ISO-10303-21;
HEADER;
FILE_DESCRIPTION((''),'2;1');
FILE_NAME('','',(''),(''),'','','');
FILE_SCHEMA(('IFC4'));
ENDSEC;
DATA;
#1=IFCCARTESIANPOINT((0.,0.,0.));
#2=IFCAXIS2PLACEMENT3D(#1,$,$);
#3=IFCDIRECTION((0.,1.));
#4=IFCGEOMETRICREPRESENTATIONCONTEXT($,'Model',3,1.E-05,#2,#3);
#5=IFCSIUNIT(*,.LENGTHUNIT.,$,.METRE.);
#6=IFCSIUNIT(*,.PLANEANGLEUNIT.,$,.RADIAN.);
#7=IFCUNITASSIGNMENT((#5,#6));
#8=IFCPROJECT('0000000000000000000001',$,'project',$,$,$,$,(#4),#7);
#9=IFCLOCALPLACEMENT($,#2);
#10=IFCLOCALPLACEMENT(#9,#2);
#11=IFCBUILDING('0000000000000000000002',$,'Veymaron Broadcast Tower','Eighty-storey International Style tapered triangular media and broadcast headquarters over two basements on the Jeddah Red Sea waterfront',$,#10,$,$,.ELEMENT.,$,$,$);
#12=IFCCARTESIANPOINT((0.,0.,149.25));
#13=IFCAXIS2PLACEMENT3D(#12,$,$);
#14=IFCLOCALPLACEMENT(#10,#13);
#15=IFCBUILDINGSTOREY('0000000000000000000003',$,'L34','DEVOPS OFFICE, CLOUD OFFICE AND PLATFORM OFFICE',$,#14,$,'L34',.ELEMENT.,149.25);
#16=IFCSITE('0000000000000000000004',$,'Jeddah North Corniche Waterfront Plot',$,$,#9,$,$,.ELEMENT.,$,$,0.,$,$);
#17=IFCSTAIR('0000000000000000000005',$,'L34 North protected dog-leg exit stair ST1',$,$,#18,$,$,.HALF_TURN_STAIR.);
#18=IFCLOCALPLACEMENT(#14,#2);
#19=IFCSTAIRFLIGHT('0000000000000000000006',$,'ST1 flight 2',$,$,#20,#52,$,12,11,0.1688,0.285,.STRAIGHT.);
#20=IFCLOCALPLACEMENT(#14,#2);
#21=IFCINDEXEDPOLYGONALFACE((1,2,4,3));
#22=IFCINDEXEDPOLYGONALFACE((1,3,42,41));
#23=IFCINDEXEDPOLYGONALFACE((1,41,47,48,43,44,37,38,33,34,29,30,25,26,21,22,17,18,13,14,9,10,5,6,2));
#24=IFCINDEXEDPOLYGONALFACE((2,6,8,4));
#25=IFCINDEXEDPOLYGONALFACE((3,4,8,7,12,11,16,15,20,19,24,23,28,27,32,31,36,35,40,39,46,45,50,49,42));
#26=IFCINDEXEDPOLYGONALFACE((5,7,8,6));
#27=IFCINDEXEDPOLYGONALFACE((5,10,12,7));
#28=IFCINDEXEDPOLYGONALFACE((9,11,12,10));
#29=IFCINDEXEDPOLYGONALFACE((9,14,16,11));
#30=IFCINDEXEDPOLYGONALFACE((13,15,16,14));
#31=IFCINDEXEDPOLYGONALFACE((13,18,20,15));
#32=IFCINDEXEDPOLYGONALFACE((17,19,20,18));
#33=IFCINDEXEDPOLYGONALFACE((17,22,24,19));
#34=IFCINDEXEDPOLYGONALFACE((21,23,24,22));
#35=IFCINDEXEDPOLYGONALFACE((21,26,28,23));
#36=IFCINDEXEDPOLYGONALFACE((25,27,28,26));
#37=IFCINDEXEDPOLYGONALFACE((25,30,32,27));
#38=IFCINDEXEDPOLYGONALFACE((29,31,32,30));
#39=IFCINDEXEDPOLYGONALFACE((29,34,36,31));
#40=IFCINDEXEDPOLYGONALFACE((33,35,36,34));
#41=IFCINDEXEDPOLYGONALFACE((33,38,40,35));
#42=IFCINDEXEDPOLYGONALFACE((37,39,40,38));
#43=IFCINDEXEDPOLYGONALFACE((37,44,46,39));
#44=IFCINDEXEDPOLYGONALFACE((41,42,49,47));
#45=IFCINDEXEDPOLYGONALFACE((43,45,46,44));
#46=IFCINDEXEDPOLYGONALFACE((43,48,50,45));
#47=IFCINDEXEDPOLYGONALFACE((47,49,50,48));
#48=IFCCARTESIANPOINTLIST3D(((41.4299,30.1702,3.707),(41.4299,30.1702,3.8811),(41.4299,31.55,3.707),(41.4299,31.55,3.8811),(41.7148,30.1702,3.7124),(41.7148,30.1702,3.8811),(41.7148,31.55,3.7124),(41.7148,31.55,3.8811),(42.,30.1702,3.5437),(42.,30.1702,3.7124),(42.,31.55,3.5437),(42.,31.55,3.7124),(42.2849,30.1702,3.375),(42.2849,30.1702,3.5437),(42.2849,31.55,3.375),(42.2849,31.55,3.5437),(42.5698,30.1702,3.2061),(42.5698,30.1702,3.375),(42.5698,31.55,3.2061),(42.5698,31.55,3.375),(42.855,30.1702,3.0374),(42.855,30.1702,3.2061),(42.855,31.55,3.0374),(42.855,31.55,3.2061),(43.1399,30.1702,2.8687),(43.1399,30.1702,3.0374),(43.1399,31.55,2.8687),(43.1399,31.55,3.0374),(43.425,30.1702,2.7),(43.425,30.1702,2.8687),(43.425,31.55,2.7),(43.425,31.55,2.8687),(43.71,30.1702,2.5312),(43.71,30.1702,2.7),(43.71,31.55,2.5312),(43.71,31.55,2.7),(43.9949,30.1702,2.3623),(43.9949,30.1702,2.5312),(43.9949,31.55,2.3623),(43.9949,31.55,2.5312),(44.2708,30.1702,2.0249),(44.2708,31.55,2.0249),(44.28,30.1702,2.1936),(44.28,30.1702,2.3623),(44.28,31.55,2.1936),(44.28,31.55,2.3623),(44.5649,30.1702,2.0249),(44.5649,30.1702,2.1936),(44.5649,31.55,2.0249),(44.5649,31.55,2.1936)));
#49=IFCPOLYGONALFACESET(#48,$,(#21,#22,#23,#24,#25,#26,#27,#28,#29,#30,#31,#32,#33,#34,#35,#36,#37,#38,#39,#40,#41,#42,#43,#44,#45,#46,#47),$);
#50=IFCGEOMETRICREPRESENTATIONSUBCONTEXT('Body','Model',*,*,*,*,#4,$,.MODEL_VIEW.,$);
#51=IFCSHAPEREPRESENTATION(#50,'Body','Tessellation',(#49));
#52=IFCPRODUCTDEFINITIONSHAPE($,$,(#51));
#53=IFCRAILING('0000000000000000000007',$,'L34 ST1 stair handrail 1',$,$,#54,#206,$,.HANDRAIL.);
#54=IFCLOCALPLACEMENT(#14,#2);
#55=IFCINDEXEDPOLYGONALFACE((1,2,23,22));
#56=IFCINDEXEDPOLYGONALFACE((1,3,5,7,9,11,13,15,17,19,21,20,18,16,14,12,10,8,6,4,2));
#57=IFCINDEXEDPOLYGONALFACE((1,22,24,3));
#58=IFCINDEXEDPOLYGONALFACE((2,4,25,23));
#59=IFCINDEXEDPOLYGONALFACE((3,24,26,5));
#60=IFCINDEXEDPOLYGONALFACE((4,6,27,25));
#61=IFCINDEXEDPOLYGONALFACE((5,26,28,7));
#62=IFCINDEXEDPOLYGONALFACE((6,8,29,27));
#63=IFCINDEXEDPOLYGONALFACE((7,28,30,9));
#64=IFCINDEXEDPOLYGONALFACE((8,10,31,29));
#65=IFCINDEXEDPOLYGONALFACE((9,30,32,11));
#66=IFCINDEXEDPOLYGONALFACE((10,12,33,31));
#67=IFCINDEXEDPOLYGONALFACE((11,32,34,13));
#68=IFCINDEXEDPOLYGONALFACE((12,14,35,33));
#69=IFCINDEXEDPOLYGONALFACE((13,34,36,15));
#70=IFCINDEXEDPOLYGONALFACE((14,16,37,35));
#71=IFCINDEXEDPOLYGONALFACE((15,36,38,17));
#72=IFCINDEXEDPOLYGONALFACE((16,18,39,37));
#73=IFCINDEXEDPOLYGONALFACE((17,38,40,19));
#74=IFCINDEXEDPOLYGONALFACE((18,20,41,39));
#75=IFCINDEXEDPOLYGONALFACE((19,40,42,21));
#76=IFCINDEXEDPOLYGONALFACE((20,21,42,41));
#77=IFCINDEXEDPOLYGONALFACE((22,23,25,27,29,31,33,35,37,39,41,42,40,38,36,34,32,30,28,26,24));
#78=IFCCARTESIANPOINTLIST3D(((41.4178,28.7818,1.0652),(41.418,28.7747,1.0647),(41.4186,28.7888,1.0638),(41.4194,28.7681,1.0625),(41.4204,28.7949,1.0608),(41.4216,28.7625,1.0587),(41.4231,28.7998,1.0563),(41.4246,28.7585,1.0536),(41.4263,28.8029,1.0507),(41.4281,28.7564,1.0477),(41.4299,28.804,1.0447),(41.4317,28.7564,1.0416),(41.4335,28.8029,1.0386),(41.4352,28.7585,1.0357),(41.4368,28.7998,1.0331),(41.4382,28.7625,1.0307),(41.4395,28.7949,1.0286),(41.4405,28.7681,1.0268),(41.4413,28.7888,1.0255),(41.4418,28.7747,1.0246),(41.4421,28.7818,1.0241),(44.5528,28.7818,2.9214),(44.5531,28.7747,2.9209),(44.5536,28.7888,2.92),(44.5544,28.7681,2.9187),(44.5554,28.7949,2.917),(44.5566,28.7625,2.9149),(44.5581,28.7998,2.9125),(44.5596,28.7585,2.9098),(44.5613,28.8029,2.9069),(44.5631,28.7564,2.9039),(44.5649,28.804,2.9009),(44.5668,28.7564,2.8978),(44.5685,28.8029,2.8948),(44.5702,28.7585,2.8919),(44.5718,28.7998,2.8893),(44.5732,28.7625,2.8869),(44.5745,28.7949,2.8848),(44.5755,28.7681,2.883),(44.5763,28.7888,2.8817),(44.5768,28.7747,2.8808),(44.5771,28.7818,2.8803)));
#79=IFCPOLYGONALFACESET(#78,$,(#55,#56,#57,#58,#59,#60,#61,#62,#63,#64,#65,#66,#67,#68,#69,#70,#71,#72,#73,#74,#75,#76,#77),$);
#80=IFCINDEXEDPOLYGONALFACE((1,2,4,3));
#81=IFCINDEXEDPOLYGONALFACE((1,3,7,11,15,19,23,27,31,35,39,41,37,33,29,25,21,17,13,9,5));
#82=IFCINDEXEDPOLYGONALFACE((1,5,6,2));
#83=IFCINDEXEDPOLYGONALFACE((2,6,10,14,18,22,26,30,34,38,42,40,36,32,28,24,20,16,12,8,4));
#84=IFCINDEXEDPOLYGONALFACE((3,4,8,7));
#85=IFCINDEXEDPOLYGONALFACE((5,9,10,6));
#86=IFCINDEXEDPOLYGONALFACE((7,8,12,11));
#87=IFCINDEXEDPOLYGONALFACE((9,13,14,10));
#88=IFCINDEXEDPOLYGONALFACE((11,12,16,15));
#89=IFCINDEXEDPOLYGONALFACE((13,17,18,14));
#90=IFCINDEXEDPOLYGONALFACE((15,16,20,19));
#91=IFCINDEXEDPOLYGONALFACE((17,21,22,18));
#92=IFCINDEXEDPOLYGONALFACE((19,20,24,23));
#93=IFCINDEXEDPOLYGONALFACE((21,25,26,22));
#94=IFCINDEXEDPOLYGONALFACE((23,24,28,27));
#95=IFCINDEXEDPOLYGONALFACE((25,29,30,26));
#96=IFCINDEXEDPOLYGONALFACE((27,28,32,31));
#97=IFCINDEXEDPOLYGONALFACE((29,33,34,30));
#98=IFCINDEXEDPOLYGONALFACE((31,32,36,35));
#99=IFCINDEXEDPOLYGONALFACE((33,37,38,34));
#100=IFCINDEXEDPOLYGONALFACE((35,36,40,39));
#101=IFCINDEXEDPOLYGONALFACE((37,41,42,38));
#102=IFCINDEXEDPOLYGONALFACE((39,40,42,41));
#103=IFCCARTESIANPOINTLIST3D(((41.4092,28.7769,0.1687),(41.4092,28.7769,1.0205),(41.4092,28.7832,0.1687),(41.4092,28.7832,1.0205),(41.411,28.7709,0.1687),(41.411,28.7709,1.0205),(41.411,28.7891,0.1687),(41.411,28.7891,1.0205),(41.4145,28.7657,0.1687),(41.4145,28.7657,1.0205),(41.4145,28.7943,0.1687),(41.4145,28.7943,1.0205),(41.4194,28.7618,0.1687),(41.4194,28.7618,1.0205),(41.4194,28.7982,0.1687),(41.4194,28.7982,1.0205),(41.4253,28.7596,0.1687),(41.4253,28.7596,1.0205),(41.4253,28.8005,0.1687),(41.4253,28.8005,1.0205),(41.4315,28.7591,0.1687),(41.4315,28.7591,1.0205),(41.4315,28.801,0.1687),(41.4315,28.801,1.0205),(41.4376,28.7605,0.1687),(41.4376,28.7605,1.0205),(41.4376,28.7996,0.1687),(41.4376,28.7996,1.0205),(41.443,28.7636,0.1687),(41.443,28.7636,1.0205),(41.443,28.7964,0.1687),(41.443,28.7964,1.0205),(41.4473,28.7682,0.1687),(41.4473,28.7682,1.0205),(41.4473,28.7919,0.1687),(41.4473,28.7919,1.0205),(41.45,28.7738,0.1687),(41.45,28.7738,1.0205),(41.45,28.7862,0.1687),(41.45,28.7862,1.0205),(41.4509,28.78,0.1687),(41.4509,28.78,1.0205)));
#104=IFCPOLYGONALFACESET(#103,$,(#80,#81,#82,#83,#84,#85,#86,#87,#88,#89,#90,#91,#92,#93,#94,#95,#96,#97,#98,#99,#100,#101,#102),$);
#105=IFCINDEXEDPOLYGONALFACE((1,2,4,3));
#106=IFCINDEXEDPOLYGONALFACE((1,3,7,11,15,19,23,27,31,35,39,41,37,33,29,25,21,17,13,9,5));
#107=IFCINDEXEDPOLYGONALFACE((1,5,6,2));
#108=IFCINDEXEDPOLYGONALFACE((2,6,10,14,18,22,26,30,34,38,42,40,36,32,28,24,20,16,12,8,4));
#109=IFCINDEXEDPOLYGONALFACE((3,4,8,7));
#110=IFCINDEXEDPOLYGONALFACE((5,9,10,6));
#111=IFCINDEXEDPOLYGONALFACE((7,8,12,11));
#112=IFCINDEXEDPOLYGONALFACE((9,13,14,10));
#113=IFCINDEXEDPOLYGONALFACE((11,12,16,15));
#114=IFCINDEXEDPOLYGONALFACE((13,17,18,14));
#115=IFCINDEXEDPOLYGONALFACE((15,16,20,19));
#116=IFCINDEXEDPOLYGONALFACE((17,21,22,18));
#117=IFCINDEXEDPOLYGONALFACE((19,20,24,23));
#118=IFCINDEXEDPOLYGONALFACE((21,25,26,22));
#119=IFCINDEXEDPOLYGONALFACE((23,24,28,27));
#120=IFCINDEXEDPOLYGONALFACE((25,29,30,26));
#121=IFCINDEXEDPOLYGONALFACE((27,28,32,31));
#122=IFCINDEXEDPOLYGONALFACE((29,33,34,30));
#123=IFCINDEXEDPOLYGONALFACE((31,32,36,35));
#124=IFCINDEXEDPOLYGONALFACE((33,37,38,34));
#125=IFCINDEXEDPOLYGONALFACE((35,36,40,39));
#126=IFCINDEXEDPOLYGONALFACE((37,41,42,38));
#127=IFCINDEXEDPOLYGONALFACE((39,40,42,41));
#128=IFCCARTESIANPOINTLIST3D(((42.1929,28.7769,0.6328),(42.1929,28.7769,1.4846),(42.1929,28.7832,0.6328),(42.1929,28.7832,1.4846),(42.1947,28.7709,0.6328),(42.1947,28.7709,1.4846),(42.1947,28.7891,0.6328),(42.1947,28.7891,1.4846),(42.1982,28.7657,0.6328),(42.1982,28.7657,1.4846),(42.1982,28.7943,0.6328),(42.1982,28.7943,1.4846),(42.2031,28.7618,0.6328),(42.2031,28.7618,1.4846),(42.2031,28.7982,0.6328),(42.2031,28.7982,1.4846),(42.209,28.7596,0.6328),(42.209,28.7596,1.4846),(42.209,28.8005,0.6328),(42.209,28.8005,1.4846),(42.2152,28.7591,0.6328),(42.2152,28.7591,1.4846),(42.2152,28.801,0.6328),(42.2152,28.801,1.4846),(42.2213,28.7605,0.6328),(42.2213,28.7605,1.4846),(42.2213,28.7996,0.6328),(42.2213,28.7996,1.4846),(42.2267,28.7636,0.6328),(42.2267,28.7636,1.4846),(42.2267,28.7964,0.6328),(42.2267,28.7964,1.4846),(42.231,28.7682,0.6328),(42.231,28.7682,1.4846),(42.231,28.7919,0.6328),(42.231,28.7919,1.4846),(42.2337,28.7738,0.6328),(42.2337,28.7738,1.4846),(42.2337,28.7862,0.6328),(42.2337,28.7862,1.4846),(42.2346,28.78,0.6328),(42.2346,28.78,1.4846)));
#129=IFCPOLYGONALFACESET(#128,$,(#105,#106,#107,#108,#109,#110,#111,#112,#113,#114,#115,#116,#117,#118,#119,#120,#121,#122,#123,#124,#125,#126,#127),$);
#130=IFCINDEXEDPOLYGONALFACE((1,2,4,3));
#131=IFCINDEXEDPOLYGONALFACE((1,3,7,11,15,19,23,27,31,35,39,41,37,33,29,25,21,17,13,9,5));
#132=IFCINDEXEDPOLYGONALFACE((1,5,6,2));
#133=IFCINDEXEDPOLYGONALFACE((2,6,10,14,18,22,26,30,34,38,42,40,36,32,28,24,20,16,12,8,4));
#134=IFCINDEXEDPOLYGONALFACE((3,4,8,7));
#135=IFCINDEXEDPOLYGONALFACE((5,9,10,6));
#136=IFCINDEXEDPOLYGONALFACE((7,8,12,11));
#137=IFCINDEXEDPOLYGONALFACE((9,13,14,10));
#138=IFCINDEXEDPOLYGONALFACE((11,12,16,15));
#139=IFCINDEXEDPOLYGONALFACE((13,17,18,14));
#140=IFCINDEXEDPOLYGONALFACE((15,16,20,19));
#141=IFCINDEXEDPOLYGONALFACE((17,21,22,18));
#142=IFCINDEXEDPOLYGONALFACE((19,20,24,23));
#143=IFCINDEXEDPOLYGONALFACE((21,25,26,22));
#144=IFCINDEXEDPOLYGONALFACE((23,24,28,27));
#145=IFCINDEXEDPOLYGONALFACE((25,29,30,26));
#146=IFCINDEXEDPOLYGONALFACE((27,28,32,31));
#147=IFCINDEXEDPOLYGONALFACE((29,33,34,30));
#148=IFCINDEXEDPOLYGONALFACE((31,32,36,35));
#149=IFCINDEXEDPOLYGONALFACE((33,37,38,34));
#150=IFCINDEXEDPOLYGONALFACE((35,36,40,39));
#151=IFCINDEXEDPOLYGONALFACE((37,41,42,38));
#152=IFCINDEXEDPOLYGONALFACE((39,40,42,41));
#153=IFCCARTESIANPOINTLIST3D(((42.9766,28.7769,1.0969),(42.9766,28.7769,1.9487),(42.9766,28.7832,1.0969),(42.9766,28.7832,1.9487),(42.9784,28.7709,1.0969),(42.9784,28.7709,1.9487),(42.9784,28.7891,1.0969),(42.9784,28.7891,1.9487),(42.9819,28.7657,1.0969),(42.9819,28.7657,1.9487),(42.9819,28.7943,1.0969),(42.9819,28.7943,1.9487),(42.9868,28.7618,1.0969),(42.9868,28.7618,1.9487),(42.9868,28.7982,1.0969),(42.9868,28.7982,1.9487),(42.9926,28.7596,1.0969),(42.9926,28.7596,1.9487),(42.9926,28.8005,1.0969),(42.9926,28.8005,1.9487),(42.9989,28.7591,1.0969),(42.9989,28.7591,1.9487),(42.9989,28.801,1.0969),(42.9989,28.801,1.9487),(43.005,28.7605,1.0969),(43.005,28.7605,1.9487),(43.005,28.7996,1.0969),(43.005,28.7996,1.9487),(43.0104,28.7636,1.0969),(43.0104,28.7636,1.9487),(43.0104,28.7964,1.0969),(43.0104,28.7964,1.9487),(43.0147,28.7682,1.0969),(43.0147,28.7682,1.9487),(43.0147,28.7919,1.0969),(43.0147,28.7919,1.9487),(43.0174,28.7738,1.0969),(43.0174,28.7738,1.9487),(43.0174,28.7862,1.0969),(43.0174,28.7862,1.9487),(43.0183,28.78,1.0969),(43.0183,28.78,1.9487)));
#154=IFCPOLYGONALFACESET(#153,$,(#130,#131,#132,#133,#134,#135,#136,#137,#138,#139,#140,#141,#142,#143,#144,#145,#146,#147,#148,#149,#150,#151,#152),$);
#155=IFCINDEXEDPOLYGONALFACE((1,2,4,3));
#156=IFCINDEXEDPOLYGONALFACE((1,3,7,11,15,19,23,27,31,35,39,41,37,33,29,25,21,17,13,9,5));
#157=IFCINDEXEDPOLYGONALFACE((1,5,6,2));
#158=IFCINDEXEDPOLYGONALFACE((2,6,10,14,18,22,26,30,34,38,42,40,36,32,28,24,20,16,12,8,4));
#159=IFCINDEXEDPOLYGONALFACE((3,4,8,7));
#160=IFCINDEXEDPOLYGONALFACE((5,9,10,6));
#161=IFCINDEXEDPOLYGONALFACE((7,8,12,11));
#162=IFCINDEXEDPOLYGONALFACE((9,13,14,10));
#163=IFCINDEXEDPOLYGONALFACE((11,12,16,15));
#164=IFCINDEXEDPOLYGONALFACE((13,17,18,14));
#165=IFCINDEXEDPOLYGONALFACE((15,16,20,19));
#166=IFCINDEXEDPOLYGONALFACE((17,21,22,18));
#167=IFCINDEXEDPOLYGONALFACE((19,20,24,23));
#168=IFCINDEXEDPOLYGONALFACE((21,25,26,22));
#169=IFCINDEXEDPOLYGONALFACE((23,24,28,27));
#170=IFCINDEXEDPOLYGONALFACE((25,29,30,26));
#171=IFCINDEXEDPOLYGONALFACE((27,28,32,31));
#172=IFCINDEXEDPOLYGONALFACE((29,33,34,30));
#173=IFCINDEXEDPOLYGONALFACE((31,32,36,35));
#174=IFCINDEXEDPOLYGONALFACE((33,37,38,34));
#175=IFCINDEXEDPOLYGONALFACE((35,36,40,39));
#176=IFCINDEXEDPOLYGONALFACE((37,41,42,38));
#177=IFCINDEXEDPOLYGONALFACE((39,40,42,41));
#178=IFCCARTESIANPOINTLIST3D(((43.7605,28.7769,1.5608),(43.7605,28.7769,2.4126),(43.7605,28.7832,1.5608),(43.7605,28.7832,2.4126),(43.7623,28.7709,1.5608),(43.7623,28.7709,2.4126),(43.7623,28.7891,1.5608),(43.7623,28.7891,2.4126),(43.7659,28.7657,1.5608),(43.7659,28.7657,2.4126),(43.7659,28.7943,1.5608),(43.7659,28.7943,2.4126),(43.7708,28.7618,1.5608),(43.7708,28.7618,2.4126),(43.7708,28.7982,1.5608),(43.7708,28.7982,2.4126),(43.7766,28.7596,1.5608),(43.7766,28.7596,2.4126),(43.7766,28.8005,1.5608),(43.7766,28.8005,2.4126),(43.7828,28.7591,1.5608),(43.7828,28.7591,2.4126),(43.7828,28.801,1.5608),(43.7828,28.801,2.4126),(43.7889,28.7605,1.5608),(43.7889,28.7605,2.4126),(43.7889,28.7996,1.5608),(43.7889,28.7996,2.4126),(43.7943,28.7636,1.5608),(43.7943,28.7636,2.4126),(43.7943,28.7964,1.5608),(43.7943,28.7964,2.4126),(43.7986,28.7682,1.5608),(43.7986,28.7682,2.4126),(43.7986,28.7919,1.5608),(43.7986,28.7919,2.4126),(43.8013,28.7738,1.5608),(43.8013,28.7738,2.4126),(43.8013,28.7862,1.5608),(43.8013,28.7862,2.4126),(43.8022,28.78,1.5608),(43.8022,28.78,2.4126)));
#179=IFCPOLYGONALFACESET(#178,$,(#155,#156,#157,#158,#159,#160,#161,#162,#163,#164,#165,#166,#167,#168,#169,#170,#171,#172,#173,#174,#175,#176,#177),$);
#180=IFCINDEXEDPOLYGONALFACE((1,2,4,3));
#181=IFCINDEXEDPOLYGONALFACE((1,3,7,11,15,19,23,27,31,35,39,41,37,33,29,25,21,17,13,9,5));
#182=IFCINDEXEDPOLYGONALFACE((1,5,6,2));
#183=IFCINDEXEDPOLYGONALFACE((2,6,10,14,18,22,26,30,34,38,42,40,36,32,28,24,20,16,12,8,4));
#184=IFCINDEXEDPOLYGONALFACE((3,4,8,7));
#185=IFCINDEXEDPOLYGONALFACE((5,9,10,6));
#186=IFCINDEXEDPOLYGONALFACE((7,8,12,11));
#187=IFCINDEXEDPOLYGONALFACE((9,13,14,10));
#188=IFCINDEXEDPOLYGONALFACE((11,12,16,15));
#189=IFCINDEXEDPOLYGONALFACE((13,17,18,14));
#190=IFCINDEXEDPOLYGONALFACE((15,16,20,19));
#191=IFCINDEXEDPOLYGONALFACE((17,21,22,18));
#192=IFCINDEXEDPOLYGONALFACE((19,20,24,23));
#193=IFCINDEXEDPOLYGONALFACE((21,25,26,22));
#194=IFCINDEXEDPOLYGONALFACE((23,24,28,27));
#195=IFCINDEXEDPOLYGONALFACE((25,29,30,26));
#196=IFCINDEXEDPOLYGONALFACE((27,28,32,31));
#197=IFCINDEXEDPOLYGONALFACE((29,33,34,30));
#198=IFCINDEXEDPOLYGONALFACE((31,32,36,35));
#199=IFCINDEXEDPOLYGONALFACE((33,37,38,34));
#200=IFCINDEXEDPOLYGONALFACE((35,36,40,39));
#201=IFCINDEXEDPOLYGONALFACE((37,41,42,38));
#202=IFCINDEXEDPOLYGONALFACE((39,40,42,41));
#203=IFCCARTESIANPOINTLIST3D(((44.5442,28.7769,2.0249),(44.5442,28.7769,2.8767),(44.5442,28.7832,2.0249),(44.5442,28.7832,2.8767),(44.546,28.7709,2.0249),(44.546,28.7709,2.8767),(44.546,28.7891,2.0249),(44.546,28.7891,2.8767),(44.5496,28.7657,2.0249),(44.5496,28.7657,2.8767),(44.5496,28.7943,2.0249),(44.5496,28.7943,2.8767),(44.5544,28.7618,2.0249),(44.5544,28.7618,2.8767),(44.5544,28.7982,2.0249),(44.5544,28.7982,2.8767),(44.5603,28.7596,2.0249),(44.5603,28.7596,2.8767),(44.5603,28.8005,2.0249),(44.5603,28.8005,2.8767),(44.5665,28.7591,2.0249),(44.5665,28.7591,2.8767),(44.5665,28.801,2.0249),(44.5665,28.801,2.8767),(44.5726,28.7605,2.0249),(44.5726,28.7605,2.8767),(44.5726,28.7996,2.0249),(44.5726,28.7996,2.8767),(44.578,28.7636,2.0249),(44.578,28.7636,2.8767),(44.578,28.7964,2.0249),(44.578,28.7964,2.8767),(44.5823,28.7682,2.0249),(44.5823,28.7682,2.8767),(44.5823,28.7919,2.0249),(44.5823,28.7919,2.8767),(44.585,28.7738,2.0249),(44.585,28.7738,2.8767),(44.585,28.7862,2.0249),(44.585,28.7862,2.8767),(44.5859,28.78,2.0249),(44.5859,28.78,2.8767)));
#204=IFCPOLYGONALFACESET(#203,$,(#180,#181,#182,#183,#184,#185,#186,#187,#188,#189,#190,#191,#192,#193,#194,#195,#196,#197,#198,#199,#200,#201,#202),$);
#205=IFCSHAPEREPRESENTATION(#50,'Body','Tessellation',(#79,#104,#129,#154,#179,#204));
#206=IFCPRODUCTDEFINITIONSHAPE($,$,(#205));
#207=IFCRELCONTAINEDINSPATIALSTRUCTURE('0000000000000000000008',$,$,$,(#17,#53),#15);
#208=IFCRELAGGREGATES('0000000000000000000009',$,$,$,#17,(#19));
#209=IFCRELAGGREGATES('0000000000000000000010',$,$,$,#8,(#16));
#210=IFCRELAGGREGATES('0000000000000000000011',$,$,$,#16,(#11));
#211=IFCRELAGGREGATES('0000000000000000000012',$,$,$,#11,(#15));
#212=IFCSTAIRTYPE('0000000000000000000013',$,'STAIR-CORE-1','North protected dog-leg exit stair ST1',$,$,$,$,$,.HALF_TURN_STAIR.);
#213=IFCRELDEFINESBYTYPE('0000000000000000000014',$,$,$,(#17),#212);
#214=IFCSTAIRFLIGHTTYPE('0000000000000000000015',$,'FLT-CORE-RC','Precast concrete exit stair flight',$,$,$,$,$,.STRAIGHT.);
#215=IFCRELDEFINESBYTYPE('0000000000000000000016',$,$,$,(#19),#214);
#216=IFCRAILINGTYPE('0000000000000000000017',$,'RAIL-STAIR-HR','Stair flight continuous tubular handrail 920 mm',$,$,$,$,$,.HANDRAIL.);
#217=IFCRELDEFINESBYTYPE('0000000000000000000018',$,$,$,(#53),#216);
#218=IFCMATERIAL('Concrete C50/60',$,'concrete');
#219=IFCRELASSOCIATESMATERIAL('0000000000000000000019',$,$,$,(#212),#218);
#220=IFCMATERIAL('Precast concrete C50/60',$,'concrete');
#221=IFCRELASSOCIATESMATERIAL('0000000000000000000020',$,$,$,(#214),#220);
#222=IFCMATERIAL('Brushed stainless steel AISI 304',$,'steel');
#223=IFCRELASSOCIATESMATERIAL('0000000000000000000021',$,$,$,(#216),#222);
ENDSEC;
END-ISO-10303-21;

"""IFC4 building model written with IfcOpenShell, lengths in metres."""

from ifc_helpers import new_model, si_unit, direction, frame, origin, origin_2d, place, context, subcontext, project, spatial, polyline, circle, outline, extrude, material, type_object, element, aggregate, save


model = new_model("IFC4")

# Units and contexts
model_context = context("Model", 3, precision=1e-05, world=origin(), true_north=direction((0.0, 1.0)))
body_context = subcontext(model_context, "Body", "Model", "MODEL_VIEW")
ifc_project = project(units=[si_unit("LENGTHUNIT", "METRE"), si_unit("PLANEANGLEUNIT", "RADIAN")], contexts=[model_context])

# Site, building, storey
site_placement = place(None, origin())
site = spatial("IfcSite", under=ifc_project, at=site_placement, Name="Jeddah North Corniche Waterfront Plot", CompositionType="ELEMENT", RefElevation=0.0)
building_placement = place(site_placement, origin())
building = spatial("IfcBuilding", under=site, at=building_placement, Name="Veymaron Broadcast Tower", Description="Eighty-storey International Style tapered triangular media and broadcast headquarters over two basements on the Jeddah Red Sea waterfront", CompositionType="ELEMENT")
storey_placement = place(building_placement, frame((0.0, 0.0, 149.25)))
storey = spatial("IfcBuildingStorey", under=building, at=storey_placement, Name="L34", Description="DEVOPS OFFICE, CLOUD OFFICE AND PLATFORM OFFICE", LongName="L34", CompositionType="ELEMENT", Elevation=149.25)

# Shared definitions
ifc_material_1 = material(Name="Brushed stainless steel AISI 304", Category="steel")

# Shared definitions
ifc_material_2 = material(Name="Concrete C50/60", Category="concrete")

# Stair, stair flight
stair_type = type_object("IfcStairType", Name="STAIR-CORE-1", Description="North protected dog-leg exit stair ST1", PredefinedType="HALF_TURN_STAIR", material=ifc_material_2)
stair_placement = place(storey_placement, origin())
stair = element("IfcStair", 1, at=stair_placement, inside=storey, type_object=stair_type, Name="L34 North protected dog-leg exit stair ST1", PredefinedType="HALF_TURN_STAIR")
ifc_material_3 = material(Name="Precast concrete C50/60", Category="concrete")
stair_flight_type = type_object("IfcStairFlightType", Name="FLT-CORE-RC", Description="Precast concrete exit stair flight", PredefinedType="STRAIGHT", material=ifc_material_3)
stair_flight_1_placement = place(storey_placement, frame((44.5649, 30.8601, 2.0249), z_axis=(0.0, 0.0, 1.0), x_axis=(-1.0, 0.0, 0.0)))
stair_flight_1 = element("IfcStairFlight", 2, at=stair_flight_1_placement, type_object=stair_flight_type, Name="ST1 flight 2", NumberOfRisers=12, NumberOfTreads=11, PredefinedType="STRAIGHT", RiserHeight=0.1688, TreadLength=0.285, context=body_context, shape_type="SweptSolid", body=[
    extrude(outline(polyline([(0.0, 0.0), (0.0, 0.1687), (0.2849, 0.1687), (0.2849, 0.3374), (0.5701, 0.3374), (0.5701, 0.5063), (0.855, 0.5063), (0.855, 0.675), (1.1399, 0.675), (1.1399, 0.8438), (1.425, 0.8438), (1.425, 1.0125), (1.71, 1.0125), (1.71, 1.1812), (1.9951, 1.1812), (1.9951, 1.3501), (2.28, 1.3501), (2.28, 1.5188), (2.5649, 1.5188), (2.5649, 1.6875), (2.8501, 1.6875), (2.8501, 1.8562), (3.135, 1.8562), (3.135, 2.0249), (3.135, 1.6821), (0.2942, 0.0), (0.0, 0.0)])), frame((0.0, 0.6899, 0.0), z_axis=(0.0, -1.0, 0.0), x_axis=(1.0, 0.0, 0.0)), (0.0, 0.0, 1.0), 1.3799),
])
aggregate(stair, [stair_flight_1])

# Railing
railing_type_1 = type_object("IfcRailingType", Name="RAIL-STAIR-HR", Description="Stair flight continuous tubular handrail 920 mm", PredefinedType="HANDRAIL", material=ifc_material_1)
railing_1_placement = place(storey_placement, frame((41.4299, 28.78, 0.1687)))
element("IfcRailing", 3, at=railing_1_placement, inside=storey, type_object=railing_type_1, Name="L34 ST1 stair handrail 1", PredefinedType="HANDRAIL", context=body_context, shape_type="SweptSolid", body=[
    extrude(circle(Radius=0.0239, at=origin_2d()), frame((0.0, 0.0, 0.876), z_axis=(0.860482, 0.0, 0.509481), x_axis=(0.0, 1.0, 0.0)), (0.0, 0.0, 1.0), 3.6433),
    extrude(circle(Radius=0.021, at=origin_2d()), origin(), (0.0, 0.0, 1.0), 0.8518),
    extrude(circle(Radius=0.021, at=origin_2d()), frame((0.7837, 0.0, 0.4641)), (0.0, 0.0, 1.0), 0.8518),
    extrude(circle(Radius=0.021, at=origin_2d()), frame((1.5674, 0.0, 0.9282)), (0.0, 0.0, 1.0), 0.8518),
    extrude(circle(Radius=0.021, at=origin_2d()), frame((2.3513, 0.0, 1.3921)), (0.0, 0.0, 1.0), 0.8518),
    extrude(circle(Radius=0.021, at=origin_2d()), frame((3.135, 0.0, 1.8562)), (0.0, 0.0, 1.0), 0.8518),
])

save(model, "model.ifc")
